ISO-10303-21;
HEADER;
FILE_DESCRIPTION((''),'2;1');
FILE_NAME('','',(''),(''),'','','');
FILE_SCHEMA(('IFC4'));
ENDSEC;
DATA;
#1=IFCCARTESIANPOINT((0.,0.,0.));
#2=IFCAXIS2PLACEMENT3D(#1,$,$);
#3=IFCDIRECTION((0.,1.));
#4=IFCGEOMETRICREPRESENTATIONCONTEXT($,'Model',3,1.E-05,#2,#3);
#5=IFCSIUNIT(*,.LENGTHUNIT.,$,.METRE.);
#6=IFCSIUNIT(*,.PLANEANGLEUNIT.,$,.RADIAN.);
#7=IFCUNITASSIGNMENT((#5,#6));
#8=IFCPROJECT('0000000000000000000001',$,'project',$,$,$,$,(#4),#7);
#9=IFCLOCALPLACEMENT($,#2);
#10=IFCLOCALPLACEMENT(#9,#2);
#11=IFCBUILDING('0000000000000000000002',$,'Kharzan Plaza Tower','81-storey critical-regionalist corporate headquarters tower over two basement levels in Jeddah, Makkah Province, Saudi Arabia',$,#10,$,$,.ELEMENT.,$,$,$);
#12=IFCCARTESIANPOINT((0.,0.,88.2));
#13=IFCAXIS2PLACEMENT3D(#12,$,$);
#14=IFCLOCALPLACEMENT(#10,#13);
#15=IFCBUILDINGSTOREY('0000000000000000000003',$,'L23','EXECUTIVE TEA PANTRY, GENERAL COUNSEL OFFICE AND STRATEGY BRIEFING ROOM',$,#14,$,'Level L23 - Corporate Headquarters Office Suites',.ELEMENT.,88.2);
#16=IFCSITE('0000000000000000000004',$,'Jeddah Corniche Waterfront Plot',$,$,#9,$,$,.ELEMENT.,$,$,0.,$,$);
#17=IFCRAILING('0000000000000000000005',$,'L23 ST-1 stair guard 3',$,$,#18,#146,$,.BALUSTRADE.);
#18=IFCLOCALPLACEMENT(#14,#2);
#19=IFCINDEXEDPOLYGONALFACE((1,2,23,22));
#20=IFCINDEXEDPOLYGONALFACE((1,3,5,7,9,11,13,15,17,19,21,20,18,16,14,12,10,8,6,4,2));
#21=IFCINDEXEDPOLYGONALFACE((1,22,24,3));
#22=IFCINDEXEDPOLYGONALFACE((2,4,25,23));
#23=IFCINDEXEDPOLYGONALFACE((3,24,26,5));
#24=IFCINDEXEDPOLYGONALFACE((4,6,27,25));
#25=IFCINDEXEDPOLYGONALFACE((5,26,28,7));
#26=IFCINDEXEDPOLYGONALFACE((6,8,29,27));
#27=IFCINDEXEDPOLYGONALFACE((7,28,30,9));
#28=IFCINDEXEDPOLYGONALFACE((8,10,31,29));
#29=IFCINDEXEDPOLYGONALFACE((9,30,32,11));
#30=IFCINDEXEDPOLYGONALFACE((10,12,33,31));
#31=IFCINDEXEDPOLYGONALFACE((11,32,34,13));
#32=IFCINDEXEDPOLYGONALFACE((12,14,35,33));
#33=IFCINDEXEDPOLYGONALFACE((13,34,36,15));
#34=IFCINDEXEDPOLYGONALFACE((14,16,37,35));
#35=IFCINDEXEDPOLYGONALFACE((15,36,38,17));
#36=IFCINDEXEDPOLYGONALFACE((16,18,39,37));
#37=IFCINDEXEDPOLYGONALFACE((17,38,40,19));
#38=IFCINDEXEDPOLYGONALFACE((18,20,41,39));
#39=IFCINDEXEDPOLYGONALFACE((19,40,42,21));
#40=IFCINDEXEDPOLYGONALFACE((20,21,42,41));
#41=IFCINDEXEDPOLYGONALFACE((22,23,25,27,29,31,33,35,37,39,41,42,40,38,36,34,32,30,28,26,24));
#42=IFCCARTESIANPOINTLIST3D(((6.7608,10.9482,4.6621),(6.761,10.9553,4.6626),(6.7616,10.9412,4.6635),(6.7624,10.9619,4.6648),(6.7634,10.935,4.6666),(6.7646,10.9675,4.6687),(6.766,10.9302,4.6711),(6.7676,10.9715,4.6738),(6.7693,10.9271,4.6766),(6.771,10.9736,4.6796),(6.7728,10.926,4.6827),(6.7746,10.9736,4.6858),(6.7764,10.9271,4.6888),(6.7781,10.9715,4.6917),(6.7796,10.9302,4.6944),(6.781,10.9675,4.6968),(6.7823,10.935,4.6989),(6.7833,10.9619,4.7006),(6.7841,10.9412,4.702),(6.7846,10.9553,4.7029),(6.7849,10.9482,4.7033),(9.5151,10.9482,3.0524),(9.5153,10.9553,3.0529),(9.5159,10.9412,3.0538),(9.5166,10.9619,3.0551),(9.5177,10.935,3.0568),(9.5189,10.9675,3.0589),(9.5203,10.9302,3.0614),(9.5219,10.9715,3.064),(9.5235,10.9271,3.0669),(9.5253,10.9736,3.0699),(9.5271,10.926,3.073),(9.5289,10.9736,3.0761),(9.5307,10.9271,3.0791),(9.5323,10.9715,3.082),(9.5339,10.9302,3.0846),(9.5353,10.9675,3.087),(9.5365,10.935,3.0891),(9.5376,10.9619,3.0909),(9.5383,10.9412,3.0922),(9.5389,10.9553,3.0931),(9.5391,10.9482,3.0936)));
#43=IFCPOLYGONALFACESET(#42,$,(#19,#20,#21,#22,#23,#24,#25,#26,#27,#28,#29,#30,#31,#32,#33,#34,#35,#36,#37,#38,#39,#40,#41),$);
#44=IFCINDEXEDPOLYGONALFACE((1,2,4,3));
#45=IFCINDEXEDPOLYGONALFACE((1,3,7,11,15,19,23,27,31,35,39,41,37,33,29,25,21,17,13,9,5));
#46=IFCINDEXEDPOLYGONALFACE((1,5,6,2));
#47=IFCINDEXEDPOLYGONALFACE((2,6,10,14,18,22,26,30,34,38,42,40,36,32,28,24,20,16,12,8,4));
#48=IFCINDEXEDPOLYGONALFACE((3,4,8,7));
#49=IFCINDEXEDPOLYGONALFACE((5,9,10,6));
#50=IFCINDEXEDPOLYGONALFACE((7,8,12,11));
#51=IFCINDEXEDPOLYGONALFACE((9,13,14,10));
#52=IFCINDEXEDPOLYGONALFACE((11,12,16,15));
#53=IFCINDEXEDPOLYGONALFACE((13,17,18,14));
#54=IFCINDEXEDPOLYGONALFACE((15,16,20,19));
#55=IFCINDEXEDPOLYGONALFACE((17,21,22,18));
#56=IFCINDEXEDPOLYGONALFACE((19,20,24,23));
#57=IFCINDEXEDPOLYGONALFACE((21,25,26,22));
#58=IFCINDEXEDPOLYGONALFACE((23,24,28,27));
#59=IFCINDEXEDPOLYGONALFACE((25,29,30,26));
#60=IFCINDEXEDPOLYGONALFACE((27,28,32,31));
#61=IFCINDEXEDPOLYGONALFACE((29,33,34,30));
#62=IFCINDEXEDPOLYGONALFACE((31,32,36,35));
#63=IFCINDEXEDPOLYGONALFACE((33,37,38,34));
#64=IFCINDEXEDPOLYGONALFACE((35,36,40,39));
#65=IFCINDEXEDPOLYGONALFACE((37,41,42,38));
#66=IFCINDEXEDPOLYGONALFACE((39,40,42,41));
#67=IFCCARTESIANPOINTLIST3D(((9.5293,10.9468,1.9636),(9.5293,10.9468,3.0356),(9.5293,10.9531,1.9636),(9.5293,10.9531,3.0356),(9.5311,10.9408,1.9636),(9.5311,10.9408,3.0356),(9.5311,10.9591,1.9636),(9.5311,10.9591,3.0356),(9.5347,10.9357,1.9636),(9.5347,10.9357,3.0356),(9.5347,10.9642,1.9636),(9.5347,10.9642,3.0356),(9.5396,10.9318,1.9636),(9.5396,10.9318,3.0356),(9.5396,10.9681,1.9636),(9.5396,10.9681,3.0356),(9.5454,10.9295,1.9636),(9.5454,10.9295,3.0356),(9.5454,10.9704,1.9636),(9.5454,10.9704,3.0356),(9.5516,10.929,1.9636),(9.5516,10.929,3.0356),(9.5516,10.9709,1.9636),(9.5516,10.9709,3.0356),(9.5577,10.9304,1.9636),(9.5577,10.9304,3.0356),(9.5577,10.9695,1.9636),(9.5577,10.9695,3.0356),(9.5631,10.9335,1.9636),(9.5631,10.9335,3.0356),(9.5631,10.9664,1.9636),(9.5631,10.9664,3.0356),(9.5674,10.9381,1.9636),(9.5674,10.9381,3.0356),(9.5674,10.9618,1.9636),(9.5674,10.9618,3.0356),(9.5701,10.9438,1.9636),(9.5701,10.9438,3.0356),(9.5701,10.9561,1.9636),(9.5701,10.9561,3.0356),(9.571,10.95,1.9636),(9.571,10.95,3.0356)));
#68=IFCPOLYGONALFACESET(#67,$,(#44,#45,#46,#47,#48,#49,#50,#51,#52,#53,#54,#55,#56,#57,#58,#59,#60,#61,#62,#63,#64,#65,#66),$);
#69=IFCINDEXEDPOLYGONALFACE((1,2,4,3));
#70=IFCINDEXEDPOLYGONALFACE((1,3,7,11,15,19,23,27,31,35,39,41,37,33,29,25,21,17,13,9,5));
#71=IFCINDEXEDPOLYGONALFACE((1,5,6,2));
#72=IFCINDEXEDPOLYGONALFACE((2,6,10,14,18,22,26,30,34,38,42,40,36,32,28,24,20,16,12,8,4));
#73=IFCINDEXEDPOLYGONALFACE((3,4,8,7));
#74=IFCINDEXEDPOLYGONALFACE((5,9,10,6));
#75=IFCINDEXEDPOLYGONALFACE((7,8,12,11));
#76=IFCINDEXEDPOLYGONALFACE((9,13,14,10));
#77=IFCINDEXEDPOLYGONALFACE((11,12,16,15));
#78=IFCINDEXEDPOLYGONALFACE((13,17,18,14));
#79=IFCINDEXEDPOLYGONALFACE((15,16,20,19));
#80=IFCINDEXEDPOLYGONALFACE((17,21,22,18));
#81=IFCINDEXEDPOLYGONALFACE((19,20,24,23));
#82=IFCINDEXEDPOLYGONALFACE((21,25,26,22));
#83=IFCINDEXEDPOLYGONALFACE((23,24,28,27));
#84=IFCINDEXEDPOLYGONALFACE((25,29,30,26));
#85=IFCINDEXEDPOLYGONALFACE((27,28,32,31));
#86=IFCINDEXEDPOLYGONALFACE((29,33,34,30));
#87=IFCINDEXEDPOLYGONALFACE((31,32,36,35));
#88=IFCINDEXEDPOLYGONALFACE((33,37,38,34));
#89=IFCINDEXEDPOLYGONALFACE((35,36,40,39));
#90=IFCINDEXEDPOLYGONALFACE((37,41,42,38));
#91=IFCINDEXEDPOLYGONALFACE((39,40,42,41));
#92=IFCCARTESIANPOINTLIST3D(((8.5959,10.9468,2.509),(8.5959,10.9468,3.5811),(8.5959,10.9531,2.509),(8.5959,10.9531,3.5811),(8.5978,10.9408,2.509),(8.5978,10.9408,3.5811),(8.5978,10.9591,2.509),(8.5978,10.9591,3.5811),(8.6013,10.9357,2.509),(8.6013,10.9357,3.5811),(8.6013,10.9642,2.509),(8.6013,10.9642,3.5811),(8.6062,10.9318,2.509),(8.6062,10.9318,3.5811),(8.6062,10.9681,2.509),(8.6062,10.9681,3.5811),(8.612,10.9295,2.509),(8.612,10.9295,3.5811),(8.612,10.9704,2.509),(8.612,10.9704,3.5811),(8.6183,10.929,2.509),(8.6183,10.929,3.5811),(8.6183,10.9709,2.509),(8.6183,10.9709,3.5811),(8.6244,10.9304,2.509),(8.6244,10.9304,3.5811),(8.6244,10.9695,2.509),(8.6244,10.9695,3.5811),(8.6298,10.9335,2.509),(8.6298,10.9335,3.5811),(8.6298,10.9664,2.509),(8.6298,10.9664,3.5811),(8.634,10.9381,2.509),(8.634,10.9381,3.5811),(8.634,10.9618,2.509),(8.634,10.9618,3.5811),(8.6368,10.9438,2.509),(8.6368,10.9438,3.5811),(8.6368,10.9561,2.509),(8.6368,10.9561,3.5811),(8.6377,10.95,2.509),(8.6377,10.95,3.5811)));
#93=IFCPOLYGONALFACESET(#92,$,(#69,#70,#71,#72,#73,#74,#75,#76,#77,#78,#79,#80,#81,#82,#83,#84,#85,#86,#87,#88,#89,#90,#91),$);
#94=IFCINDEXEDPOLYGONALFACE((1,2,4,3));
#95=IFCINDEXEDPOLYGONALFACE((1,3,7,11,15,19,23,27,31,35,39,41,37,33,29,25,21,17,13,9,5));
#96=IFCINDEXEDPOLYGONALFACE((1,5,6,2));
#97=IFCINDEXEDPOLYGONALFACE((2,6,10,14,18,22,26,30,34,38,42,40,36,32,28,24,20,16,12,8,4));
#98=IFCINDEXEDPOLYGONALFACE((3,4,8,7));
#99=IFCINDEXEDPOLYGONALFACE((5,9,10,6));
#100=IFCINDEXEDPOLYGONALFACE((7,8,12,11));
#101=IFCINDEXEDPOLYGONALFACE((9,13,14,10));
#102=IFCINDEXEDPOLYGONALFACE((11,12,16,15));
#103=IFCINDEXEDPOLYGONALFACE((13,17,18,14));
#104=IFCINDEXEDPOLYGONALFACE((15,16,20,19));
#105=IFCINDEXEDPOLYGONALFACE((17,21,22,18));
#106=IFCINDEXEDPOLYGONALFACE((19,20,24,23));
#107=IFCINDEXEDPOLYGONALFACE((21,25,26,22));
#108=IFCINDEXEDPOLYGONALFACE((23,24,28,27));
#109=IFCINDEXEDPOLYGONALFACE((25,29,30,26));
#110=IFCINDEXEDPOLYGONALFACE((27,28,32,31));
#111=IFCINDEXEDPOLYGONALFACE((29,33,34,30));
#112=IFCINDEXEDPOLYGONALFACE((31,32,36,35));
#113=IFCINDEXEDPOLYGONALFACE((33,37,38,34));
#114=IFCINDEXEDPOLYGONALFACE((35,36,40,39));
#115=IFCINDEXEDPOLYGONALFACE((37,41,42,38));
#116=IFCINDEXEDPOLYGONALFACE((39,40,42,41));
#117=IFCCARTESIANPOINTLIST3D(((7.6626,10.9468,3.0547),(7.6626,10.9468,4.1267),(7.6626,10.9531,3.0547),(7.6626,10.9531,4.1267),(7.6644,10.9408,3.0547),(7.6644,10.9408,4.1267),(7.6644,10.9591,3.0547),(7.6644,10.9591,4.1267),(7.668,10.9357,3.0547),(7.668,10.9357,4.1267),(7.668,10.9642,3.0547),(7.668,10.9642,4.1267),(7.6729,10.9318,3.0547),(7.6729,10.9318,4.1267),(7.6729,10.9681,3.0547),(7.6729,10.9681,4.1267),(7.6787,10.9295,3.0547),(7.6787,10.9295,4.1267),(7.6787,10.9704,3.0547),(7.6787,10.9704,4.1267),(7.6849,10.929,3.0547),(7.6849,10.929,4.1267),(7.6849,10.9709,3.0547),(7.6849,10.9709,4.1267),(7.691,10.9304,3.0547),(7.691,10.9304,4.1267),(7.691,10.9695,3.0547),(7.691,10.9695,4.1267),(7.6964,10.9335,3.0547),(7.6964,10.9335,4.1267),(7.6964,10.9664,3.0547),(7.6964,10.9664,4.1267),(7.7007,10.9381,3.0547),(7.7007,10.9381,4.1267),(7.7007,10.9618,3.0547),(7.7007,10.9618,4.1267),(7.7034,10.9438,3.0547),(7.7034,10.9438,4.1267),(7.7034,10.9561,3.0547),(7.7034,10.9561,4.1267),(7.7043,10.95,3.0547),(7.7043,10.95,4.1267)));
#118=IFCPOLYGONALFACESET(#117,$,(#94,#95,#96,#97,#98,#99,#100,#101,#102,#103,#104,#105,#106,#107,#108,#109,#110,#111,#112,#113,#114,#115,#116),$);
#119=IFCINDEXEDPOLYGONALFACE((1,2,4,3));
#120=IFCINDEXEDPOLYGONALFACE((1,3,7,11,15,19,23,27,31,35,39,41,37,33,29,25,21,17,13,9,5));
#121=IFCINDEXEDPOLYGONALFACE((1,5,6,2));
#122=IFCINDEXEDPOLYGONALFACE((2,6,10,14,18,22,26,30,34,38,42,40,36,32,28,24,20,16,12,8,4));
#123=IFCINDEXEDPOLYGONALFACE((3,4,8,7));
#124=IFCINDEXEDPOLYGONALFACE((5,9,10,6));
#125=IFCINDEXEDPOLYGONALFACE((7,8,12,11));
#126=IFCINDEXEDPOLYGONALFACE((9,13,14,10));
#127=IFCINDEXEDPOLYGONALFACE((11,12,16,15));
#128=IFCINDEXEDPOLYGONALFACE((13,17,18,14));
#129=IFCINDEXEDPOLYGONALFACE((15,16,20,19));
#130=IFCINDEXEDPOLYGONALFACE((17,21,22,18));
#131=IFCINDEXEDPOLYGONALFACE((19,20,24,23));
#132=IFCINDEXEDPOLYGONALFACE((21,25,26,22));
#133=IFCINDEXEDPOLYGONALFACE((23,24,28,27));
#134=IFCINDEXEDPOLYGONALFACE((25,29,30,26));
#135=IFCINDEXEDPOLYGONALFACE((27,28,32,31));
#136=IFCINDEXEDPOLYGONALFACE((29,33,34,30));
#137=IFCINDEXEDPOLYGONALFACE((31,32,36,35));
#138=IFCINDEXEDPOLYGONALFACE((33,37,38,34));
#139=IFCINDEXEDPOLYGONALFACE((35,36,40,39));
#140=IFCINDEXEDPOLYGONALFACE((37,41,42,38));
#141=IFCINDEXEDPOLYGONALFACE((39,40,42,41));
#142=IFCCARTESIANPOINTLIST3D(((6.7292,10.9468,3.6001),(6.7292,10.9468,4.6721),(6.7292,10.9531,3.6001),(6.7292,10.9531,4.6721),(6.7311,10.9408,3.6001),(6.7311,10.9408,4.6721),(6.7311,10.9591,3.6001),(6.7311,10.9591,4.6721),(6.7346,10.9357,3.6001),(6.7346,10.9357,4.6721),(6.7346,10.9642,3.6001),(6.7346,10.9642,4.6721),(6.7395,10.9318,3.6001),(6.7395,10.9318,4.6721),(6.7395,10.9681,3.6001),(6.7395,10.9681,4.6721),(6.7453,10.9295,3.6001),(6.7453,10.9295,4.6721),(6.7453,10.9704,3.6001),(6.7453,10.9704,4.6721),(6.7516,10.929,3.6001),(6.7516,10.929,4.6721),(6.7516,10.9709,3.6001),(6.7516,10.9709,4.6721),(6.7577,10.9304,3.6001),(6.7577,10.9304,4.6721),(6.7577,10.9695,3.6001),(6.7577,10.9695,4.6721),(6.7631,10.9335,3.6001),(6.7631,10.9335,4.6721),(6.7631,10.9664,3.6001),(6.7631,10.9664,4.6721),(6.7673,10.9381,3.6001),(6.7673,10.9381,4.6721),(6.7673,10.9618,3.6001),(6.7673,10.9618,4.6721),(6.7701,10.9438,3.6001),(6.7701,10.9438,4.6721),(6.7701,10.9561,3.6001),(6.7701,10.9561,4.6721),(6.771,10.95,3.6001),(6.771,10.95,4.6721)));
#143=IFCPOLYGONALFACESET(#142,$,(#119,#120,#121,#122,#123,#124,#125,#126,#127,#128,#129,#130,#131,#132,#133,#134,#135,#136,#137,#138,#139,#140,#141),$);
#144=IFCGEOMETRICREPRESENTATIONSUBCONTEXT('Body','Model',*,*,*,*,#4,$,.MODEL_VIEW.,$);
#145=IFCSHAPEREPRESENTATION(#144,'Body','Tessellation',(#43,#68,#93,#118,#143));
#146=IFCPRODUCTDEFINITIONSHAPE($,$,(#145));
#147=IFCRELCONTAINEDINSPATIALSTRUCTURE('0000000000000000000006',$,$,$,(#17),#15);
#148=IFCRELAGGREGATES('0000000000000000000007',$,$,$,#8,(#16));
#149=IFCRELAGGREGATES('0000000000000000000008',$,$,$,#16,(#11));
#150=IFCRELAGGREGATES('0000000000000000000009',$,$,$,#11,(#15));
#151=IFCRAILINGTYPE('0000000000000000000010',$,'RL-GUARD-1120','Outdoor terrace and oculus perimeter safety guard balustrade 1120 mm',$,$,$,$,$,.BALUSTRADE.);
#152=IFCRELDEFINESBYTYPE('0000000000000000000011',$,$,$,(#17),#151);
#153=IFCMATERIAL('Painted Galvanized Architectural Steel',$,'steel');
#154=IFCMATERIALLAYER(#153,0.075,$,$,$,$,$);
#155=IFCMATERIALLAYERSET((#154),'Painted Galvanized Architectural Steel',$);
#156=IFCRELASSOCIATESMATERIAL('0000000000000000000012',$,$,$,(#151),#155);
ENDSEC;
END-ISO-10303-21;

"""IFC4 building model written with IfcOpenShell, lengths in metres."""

from ifc_helpers import new_model, si_unit, direction, frame, origin, origin_2d, place, context, subcontext, project, spatial, circle, extrude, source, transform, mapped, material, layer, layer_set, type_object, element, save


model = new_model("IFC4")

# Units and contexts
model_context = context("Model", 3, precision=1e-05, world=origin(), true_north=direction((0.0, 1.0)))
body_context = subcontext(model_context, "Body", "Model", "MODEL_VIEW")
ifc_project = project(units=[si_unit("LENGTHUNIT", "METRE"), si_unit("PLANEANGLEUNIT", "RADIAN")], contexts=[model_context])

# Site, building, storey
site_placement = place(None, origin())
site = spatial("IfcSite", under=ifc_project, at=site_placement, Name="Jeddah Corniche Waterfront Plot", CompositionType="ELEMENT", RefElevation=0.0)
building_placement = place(site_placement, origin())
building = spatial("IfcBuilding", under=site, at=building_placement, Name="Kharzan Plaza Tower", Description="81-storey critical-regionalist corporate headquarters tower over two basement levels in Jeddah, Makkah Province, Saudi Arabia", CompositionType="ELEMENT")
storey_placement = place(building_placement, frame((0.0, 0.0, 88.2)))
storey = spatial("IfcBuildingStorey", under=building, at=storey_placement, Name="L23", Description="EXECUTIVE TEA PANTRY, GENERAL COUNSEL OFFICE AND STRATEGY BRIEFING ROOM", LongName="Level L23 - Corporate Headquarters Office Suites", CompositionType="ELEMENT", Elevation=88.2)

# Railing
ifc_material_1 = material(Name="Painted Galvanized Architectural Steel", Category="steel")
ifc_layer_1 = layer(ifc_material_1, 0.075)
ifc_layer_set_1 = layer_set([ifc_layer_1], Name="Painted Galvanized Architectural Steel")
railing_type_1 = type_object("IfcRailingType", Name="RL-GUARD-1120", Description="Outdoor terrace and oculus perimeter safety guard balustrade 1120 mm", PredefinedType="BALUSTRADE", material=ifc_layer_set_1)
shared_shape_1 = source(origin(), body_context, "Body", "SweptSolid", [
    extrude(circle(Radius=0.0239, at=origin_2d()), frame((-0.0229, 0.0, 1.1094), z_axis=(-0.863361, 0.0, 0.504587), x_axis=(0.0, -1.0, 0.0)), (0.0, 0.0, 1.0), 3.1902),
    extrude(circle(Radius=0.021, at=origin_2d()), origin(), (0.0, 0.0, 1.0), 1.072),
    extrude(circle(Radius=0.021, at=origin_2d()), frame((-0.9333, 0.0, 0.5454)), (0.0, 0.0, 1.0), 1.072),
    extrude(circle(Radius=0.021, at=origin_2d()), frame((-1.8667, 0.0, 1.0911)), (0.0, 0.0, 1.0), 1.072),
    extrude(circle(Radius=0.021, at=origin_2d()), frame((-2.8, 0.0, 1.6365)), (0.0, 0.0, 1.0), 1.072),
])
railing_1_placement = place(storey_placement, frame((9.55, 10.95, 1.9636)))
element("IfcRailing", 1, at=railing_1_placement, inside=storey, type_object=railing_type_1, Name="L23 ST-1 stair guard 3", PredefinedType="BALUSTRADE", context=body_context, shape_type="MappedRepresentation", body=[
    mapped(shared_shape_1, transform((0.0, 0.0, 0.0), x_axis=(1.0, 0.0, 0.0), y_axis=(0.0, 1.0, 0.0), z_axis=(0.0, 0.0, 1.0))),
])

save(model, "model.ifc")
